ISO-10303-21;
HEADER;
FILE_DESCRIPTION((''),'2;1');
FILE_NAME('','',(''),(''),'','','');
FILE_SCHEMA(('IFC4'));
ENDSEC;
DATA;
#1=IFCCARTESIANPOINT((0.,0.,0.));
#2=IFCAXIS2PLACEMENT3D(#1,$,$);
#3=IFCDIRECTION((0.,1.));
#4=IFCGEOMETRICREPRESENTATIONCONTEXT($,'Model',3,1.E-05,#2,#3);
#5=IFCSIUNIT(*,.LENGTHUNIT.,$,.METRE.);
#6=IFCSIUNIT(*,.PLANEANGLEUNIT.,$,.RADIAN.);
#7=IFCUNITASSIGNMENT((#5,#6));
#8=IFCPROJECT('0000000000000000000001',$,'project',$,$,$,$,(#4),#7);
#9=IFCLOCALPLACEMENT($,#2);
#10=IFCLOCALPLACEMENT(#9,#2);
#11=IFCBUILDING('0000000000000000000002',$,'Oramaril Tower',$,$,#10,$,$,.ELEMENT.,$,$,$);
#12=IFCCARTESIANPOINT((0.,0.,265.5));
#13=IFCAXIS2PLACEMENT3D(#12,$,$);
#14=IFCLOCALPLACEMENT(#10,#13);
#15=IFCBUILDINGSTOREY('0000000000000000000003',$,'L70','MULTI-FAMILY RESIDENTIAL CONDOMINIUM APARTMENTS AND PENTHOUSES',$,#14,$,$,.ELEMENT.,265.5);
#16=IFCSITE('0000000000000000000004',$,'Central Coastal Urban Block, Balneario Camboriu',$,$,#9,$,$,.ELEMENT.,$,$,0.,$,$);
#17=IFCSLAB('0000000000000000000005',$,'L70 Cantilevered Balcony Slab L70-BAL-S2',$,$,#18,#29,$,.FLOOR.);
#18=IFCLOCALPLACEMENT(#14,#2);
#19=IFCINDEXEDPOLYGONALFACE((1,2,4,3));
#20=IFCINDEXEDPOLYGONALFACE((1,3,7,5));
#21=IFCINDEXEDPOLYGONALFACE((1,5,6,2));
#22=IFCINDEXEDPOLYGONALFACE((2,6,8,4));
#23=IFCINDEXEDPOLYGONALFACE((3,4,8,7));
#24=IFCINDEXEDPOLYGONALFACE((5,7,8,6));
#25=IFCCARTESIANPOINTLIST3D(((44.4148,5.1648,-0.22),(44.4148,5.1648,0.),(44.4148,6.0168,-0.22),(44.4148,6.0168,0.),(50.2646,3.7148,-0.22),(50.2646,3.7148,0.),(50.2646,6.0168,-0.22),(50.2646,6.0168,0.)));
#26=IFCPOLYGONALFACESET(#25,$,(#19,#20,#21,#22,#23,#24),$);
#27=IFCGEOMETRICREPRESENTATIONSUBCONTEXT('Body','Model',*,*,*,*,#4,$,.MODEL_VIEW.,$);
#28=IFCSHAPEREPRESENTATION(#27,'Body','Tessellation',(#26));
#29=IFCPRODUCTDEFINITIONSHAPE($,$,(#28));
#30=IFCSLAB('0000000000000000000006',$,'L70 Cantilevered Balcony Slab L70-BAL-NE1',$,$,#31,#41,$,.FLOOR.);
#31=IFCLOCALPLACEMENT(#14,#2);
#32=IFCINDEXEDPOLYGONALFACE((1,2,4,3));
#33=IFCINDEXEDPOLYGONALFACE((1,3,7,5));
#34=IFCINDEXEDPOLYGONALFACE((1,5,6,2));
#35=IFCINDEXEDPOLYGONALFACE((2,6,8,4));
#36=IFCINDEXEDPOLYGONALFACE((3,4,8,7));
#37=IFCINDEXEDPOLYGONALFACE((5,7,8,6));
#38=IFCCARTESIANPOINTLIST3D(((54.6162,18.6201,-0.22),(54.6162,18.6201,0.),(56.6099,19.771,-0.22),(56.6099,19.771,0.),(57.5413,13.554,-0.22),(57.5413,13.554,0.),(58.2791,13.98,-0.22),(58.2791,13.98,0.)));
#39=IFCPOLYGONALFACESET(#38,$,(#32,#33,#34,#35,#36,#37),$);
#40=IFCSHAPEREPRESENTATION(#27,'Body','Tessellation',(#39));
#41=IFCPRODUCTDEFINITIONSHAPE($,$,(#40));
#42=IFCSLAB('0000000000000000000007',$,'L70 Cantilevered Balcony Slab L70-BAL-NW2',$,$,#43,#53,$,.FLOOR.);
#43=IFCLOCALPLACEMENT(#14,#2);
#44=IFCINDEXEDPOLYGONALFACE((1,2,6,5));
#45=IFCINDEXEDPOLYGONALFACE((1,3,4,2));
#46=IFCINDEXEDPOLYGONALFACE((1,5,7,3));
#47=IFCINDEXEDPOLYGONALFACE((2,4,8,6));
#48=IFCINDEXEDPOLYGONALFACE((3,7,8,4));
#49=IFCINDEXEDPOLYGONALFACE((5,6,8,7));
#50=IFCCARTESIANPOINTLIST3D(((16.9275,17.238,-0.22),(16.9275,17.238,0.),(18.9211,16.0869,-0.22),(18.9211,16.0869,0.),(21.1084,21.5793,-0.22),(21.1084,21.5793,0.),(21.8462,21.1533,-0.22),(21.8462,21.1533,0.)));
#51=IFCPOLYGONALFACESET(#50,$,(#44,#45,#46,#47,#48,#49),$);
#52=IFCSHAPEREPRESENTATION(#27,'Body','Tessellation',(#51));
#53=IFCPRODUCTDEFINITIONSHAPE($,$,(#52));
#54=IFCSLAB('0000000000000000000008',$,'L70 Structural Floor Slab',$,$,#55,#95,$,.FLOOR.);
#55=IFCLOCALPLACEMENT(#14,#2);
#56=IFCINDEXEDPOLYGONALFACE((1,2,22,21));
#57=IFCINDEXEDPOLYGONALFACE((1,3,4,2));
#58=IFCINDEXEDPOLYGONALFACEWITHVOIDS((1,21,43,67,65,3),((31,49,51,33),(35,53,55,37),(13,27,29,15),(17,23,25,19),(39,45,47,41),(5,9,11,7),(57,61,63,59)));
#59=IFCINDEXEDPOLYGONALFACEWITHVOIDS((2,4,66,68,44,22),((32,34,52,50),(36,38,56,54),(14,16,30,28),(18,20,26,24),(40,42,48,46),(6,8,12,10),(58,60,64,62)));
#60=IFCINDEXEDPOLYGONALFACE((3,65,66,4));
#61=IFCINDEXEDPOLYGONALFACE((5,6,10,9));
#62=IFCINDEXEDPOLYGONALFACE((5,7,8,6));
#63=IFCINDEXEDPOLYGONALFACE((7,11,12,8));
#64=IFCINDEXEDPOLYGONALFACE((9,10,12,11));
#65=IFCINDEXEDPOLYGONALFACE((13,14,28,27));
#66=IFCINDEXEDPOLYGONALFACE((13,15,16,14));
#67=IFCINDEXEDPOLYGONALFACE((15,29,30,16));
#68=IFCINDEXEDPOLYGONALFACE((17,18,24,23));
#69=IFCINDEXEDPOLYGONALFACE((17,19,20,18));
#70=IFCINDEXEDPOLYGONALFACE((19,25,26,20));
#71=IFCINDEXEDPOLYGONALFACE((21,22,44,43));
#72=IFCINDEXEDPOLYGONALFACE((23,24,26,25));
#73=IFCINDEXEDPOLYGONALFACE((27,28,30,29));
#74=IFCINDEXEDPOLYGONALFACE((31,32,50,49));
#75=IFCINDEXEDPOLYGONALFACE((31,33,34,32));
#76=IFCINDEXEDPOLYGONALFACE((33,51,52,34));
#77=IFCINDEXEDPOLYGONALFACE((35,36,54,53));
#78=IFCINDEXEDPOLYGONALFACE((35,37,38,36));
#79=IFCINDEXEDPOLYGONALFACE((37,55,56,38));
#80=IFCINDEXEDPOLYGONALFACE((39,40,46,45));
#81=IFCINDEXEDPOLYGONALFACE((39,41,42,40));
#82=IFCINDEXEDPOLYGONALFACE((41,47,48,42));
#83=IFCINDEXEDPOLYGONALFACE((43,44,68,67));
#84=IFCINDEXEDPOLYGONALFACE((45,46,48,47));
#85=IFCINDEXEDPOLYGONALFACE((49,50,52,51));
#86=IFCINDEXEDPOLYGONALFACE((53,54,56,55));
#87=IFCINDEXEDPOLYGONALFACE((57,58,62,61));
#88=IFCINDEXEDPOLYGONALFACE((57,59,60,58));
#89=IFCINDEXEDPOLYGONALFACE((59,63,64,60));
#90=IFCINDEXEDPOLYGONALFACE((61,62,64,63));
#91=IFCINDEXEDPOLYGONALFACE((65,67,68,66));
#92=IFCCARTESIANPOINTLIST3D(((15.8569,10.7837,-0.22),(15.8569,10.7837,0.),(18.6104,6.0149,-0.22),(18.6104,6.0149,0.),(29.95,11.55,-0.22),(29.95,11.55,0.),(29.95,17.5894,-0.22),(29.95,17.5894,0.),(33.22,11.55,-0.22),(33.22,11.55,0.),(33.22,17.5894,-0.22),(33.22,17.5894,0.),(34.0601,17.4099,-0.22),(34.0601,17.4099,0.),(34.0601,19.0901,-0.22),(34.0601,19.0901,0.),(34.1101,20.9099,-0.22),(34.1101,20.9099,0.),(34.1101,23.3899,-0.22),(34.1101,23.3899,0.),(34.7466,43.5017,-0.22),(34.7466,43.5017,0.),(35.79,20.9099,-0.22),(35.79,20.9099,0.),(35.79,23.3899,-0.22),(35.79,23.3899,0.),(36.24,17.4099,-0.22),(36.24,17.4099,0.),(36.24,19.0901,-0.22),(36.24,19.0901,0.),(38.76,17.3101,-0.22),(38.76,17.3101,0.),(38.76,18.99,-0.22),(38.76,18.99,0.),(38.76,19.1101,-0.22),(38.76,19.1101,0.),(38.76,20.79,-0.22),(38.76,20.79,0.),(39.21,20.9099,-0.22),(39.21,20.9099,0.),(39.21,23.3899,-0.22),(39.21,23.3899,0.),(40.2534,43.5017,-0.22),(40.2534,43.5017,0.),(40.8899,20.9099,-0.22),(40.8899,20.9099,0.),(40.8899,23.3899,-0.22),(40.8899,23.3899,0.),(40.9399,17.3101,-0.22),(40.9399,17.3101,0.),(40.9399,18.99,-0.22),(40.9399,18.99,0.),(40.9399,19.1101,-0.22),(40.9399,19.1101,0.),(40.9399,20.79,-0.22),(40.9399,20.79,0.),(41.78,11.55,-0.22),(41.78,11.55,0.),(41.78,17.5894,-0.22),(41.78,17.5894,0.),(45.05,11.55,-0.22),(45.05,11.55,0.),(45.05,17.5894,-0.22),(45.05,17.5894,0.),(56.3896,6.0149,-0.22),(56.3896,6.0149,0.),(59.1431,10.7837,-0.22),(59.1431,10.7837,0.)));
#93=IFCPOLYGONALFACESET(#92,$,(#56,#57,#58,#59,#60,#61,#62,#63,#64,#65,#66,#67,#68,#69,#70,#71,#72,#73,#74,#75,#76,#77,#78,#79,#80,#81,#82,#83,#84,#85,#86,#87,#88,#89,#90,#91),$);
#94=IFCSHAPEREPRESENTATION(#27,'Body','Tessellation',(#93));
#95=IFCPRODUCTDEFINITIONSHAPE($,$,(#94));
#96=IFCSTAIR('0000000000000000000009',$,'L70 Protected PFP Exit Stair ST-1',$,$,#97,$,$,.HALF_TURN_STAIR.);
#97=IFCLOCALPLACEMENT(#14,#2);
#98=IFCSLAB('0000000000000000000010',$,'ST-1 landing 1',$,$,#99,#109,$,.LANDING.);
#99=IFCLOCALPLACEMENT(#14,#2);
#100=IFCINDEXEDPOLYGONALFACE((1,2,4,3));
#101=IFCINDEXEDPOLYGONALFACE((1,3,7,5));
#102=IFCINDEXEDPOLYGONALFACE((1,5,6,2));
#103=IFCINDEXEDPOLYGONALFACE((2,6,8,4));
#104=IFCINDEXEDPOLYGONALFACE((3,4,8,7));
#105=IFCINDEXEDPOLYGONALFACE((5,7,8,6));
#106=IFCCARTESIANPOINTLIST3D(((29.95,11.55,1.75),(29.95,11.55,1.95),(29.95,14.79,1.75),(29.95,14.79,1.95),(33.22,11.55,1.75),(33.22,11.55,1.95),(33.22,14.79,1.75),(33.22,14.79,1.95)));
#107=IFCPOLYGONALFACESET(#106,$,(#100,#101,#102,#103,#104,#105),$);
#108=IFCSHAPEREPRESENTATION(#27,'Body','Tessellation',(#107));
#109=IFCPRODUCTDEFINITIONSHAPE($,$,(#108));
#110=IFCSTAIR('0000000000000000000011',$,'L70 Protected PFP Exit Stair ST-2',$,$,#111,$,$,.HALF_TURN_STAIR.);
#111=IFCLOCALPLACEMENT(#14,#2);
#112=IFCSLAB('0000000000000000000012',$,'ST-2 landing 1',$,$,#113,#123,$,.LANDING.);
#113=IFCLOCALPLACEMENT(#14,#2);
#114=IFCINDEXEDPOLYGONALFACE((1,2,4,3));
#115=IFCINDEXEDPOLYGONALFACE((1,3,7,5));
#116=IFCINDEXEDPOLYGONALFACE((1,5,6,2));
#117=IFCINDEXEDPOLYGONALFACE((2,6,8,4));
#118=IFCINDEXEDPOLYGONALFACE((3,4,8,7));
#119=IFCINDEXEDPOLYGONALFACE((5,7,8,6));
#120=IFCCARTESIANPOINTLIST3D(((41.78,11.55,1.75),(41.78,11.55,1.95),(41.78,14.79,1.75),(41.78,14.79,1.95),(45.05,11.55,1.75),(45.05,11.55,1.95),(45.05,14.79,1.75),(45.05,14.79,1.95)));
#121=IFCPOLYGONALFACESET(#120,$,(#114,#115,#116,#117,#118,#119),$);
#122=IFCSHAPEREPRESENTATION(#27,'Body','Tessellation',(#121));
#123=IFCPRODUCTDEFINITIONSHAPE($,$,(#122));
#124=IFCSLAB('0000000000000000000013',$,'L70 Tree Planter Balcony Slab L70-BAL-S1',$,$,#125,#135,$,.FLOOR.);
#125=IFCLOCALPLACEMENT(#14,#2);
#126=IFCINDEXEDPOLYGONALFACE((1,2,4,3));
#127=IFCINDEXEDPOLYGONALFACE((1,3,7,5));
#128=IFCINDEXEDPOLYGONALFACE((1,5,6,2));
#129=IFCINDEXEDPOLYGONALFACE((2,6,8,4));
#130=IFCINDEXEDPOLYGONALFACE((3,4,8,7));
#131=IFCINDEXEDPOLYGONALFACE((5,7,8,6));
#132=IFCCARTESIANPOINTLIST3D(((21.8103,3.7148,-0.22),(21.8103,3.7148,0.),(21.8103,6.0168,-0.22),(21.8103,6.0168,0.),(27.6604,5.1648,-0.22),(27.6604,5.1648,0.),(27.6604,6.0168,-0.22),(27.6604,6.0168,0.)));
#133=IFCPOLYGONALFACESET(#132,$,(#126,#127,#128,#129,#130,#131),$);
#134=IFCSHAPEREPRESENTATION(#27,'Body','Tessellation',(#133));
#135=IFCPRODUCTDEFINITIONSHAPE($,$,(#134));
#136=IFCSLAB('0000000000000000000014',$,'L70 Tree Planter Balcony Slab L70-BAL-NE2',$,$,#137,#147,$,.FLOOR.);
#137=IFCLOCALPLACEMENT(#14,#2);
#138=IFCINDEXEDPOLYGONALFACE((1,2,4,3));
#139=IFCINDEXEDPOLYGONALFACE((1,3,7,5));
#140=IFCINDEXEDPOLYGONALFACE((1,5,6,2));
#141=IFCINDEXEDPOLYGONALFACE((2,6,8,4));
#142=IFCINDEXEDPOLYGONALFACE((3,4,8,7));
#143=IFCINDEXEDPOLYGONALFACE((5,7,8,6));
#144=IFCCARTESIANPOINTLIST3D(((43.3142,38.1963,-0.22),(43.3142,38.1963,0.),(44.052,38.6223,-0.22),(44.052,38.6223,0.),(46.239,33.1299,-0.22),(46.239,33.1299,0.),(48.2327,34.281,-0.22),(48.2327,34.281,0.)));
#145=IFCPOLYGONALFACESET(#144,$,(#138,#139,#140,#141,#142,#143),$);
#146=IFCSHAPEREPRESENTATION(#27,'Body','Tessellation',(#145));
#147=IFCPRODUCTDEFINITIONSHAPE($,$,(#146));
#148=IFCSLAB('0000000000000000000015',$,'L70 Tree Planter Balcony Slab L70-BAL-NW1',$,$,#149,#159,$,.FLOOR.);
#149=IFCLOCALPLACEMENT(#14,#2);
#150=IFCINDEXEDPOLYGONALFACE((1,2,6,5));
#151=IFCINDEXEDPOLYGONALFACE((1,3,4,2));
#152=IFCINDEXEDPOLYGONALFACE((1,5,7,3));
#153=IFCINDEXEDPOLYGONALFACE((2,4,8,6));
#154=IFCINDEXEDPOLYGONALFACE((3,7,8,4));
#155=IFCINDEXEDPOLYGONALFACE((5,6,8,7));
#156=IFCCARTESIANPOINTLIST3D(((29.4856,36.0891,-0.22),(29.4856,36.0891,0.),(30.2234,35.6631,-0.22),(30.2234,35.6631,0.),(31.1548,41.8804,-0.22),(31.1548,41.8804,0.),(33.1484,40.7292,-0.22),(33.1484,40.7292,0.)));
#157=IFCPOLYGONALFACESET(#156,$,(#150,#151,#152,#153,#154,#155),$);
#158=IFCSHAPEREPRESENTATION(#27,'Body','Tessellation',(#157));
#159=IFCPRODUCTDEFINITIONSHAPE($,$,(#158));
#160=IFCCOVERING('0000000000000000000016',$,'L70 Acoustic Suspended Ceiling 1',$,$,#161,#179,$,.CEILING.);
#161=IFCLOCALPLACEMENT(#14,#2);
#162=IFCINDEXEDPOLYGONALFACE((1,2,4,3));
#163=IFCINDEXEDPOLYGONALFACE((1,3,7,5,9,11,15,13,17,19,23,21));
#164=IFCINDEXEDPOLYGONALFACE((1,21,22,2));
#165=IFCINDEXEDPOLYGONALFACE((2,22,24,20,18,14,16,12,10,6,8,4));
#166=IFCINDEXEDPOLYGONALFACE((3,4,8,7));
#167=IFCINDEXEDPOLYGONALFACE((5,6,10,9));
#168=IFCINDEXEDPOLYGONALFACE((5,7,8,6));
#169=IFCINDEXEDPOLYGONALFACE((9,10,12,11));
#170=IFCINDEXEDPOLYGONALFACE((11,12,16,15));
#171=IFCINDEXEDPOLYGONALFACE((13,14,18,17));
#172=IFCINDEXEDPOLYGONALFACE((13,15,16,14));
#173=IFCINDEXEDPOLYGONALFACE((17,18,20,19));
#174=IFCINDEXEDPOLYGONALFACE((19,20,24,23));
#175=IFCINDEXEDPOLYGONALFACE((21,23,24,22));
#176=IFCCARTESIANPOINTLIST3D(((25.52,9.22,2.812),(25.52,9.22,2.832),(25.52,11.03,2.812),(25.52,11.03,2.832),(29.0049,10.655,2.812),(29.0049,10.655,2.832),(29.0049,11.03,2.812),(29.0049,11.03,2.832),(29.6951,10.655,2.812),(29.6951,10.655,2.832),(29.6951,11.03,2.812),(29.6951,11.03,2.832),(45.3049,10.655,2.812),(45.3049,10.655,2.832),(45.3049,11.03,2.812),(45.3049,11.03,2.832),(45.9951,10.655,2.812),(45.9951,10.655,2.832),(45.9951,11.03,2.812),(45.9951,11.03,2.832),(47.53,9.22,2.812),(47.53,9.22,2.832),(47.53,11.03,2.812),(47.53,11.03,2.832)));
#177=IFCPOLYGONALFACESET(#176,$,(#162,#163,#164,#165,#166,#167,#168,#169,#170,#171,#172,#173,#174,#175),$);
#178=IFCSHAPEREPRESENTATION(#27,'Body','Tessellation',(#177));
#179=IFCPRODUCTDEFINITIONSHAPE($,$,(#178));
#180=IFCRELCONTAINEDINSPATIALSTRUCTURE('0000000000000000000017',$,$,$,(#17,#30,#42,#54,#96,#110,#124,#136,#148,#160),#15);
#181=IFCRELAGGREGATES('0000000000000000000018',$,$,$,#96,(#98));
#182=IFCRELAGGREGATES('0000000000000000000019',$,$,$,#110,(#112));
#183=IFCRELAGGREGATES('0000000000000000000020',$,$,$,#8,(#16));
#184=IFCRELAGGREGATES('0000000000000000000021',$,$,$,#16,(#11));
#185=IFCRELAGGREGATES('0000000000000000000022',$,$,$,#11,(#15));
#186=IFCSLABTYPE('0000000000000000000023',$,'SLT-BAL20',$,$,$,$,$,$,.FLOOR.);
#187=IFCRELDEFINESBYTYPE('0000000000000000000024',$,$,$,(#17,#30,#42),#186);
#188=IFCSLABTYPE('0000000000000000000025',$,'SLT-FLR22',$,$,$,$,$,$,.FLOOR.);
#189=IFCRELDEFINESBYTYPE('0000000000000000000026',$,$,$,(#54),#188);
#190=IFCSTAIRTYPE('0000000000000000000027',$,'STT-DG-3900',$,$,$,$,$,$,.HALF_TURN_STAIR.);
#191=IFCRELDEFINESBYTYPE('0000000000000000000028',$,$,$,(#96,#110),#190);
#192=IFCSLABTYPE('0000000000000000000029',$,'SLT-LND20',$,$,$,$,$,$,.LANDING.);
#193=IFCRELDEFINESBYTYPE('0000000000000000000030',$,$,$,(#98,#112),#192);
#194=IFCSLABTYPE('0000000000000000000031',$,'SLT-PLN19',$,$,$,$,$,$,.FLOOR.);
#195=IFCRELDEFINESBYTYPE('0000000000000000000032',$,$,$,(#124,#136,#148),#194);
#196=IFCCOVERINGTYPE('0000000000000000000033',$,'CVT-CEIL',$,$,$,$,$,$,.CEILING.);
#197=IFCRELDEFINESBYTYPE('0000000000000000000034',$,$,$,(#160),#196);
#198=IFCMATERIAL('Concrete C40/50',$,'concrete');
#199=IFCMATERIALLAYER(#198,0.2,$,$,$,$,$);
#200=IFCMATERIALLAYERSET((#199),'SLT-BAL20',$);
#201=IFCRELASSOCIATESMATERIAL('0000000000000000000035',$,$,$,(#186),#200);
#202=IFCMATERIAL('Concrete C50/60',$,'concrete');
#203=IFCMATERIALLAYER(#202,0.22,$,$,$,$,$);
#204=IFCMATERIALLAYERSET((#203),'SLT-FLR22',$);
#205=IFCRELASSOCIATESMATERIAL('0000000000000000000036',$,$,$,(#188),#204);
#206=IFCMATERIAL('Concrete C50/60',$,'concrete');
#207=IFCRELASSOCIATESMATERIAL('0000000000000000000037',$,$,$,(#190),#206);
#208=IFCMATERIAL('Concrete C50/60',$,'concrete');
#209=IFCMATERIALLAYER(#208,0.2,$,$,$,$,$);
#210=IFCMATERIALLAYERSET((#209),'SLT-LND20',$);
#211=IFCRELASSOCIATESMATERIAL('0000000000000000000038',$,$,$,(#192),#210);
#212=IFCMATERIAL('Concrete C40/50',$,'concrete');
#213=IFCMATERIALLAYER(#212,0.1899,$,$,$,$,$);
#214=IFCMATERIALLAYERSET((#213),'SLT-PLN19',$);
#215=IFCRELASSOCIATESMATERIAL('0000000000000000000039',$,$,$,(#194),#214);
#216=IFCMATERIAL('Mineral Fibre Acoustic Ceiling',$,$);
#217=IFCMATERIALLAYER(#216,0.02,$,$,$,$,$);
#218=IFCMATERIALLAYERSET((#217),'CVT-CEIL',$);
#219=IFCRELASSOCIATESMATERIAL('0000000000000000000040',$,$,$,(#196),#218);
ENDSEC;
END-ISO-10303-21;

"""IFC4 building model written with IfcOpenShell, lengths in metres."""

from ifc_helpers import new_model, si_unit, direction, frame, origin, place, context, subcontext, project, spatial, polyline, outline, extrude, material, layer, layer_set, type_object, element, aggregate, save


model = new_model("IFC4")

# Units and contexts
model_context = context("Model", 3, precision=1e-05, world=origin(), true_north=direction((0.0, 1.0)))
body_context = subcontext(model_context, "Body", "Model", "MODEL_VIEW")
ifc_project = project(units=[si_unit("LENGTHUNIT", "METRE"), si_unit("PLANEANGLEUNIT", "RADIAN")], contexts=[model_context])

# Site, building, storey
site_placement = place(None, origin())
site = spatial("IfcSite", under=ifc_project, at=site_placement, Name="Central Coastal Urban Block, Balneario Camboriu", CompositionType="ELEMENT", RefElevation=0.0)
building_placement = place(site_placement, origin())
building = spatial("IfcBuilding", under=site, at=building_placement, Name="Oramaril Tower", CompositionType="ELEMENT")
storey_placement = place(building_placement, frame((0.0, 0.0, 265.5)))
storey = spatial("IfcBuildingStorey", under=building, at=storey_placement, Name="L70", Description="MULTI-FAMILY RESIDENTIAL CONDOMINIUM APARTMENTS AND PENTHOUSES", CompositionType="ELEMENT", Elevation=265.5)

# Slabs
ifc_material_1 = material(Name="Concrete C40/50", Category="concrete")
ifc_layer_1 = layer(ifc_material_1, 0.2)
ifc_layer_set_1 = layer_set([ifc_layer_1], Name="SLT-BAL20")
slab_type_1 = type_object("IfcSlabType", Name="SLT-BAL20", PredefinedType="FLOOR", material=ifc_layer_set_1)
slab_1_placement = place(storey_placement, frame((0.0, 0.0, -0.22)))
element("IfcSlab", 1, at=slab_1_placement, inside=storey, type_object=slab_type_1, Name="L70 Cantilevered Balcony Slab L70-BAL-S2", PredefinedType="FLOOR", context=body_context, shape_type="SweptSolid", body=[
    extrude(outline(polyline([(44.4148, 6.0168), (50.2646, 6.0168), (50.2646, 3.7148), (44.4148, 5.1648), (44.4148, 6.0168)])), origin(), (0.0, 0.0, 1.0), 0.22),
])
slab_2_placement = place(storey_placement, frame((0.0, 0.0, -0.22)))
element("IfcSlab", 2, at=slab_2_placement, inside=storey, type_object=slab_type_1, Name="L70 Cantilevered Balcony Slab L70-BAL-NE1", PredefinedType="FLOOR", context=body_context, shape_type="SweptSolid", body=[
    extrude(outline(polyline([(57.5413, 13.554), (54.6162, 18.6201), (56.6099, 19.771), (58.2791, 13.98), (57.5413, 13.554)])), origin(), (0.0, 0.0, 1.0), 0.22),
])
slab_3_placement = place(storey_placement, frame((0.0, 0.0, -0.22)))
element("IfcSlab", 3, at=slab_3_placement, inside=storey, type_object=slab_type_1, Name="L70 Cantilevered Balcony Slab L70-BAL-NW2", PredefinedType="FLOOR", context=body_context, shape_type="SweptSolid", body=[
    extrude(outline(polyline([(21.8462, 21.1533), (18.9211, 16.0869), (16.9275, 17.238), (21.1084, 21.5793), (21.8462, 21.1533)])), origin(), (0.0, 0.0, 1.0), 0.22),
])
ifc_material_2 = material(Name="Concrete C50/60", Category="concrete")
ifc_layer_2 = layer(ifc_material_2, 0.22)
ifc_layer_set_2 = layer_set([ifc_layer_2], Name="SLT-FLR22")
slab_type_2 = type_object("IfcSlabType", Name="SLT-FLR22", PredefinedType="FLOOR", material=ifc_layer_set_2)
slab_4_placement = place(storey_placement, frame((0.0, 0.0, -0.22)))
element("IfcSlab", 4, at=slab_4_placement, inside=storey, type_object=slab_type_2, Name="L70 Structural Floor Slab", PredefinedType="FLOOR", context=body_context, shape_type="SweptSolid", body=[
    extrude(outline(polyline([(15.8569, 10.7837), (18.6104, 6.0149), (56.3896, 6.0149), (59.1431, 10.7837), (40.2534, 43.5017), (34.7466, 43.5017), (15.8569, 10.7837)]), holes=[polyline([(29.95, 17.5894), (29.95, 11.55), (33.22, 11.55), (33.22, 17.5894), (29.95, 17.5894)]), polyline([(41.78, 17.5894), (41.78, 11.55), (45.05, 11.55), (45.05, 17.5894), (41.78, 17.5894)]), polyline([(34.1101, 20.9099), (35.79, 20.9099), (35.79, 23.3899), (34.1101, 23.3899), (34.1101, 20.9099)]), polyline([(39.21, 20.9099), (40.8899, 20.9099), (40.8899, 23.3899), (39.21, 23.3899), (39.21, 20.9099)]), polyline([(34.0601, 17.4099), (36.24, 17.4099), (36.24, 19.0901), (34.0601, 19.0901), (34.0601, 17.4099)]), polyline([(38.76, 17.3101), (40.9399, 17.3101), (40.9399, 18.99), (38.76, 18.99), (38.76, 17.3101)]), polyline([(38.76, 19.1101), (40.9399, 19.1101), (40.9399, 20.79), (38.76, 20.79), (38.76, 19.1101)])]), origin(), (0.0, 0.0, 1.0), 0.22),
])

# Stairs, slabs
ifc_material_3 = material(Name="Concrete C50/60", Category="concrete")
stair_type = type_object("IfcStairType", Name="STT-DG-3900", PredefinedType="HALF_TURN_STAIR", material=ifc_material_3)
stair_1_placement = place(storey_placement, origin())
stair_1 = element("IfcStair", 5, at=stair_1_placement, inside=storey, type_object=stair_type, Name="L70 Protected PFP Exit Stair ST-1", PredefinedType="HALF_TURN_STAIR")
ifc_material_4 = material(Name="Concrete C50/60", Category="concrete")
ifc_layer_3 = layer(ifc_material_4, 0.2)
ifc_layer_set_3 = layer_set([ifc_layer_3], Name="SLT-LND20")
slab_type_3 = type_object("IfcSlabType", Name="SLT-LND20", PredefinedType="LANDING", material=ifc_layer_set_3)
slab_5_placement = place(storey_placement, frame((0.0, 0.0, 1.75)))
slab_5 = element("IfcSlab", 6, at=slab_5_placement, type_object=slab_type_3, Name="ST-1 landing 1", PredefinedType="LANDING", context=body_context, shape_type="SweptSolid", body=[
    extrude(outline(polyline([(29.95, 14.79), (29.95, 11.55), (33.22, 11.55), (33.22, 14.79), (29.95, 14.79)])), origin(), (0.0, 0.0, 1.0), 0.2),
])
aggregate(stair_1, [slab_5])
stair_2_placement = place(storey_placement, origin())
stair_2 = element("IfcStair", 7, at=stair_2_placement, inside=storey, type_object=stair_type, Name="L70 Protected PFP Exit Stair ST-2", PredefinedType="HALF_TURN_STAIR")
slab_6_placement = place(storey_placement, frame((0.0, 0.0, 1.75)))
slab_6 = element("IfcSlab", 8, at=slab_6_placement, type_object=slab_type_3, Name="ST-2 landing 1", PredefinedType="LANDING", context=body_context, shape_type="SweptSolid", body=[
    extrude(outline(polyline([(41.78, 14.79), (41.78, 11.55), (45.05, 11.55), (45.05, 14.79), (41.78, 14.79)])), origin(), (0.0, 0.0, 1.0), 0.2),
])
aggregate(stair_2, [slab_6])

# Slabs
ifc_material_5 = material(Name="Concrete C40/50", Category="concrete")
ifc_layer_4 = layer(ifc_material_5, 0.1899)
ifc_layer_set_4 = layer_set([ifc_layer_4], Name="SLT-PLN19")
slab_type_4 = type_object("IfcSlabType", Name="SLT-PLN19", PredefinedType="FLOOR", material=ifc_layer_set_4)
slab_7_placement = place(storey_placement, frame((0.0, 0.0, -0.22)))
element("IfcSlab", 9, at=slab_7_placement, inside=storey, type_object=slab_type_4, Name="L70 Tree Planter Balcony Slab L70-BAL-S1", PredefinedType="FLOOR", context=body_context, shape_type="SweptSolid", body=[
    extrude(outline(polyline([(21.8103, 6.0168), (27.6604, 6.0168), (27.6604, 5.1648), (21.8103, 3.7148), (21.8103, 6.0168)])), origin(), (0.0, 0.0, 1.0), 0.22),
])
slab_8_placement = place(storey_placement, frame((0.0, 0.0, -0.22)))
element("IfcSlab", 10, at=slab_8_placement, inside=storey, type_object=slab_type_4, Name="L70 Tree Planter Balcony Slab L70-BAL-NE2", PredefinedType="FLOOR", context=body_context, shape_type="SweptSolid", body=[
    extrude(outline(polyline([(46.239, 33.1299), (43.3142, 38.1963), (44.052, 38.6223), (48.2327, 34.281), (46.239, 33.1299)])), origin(), (0.0, 0.0, 1.0), 0.22),
])
slab_9_placement = place(storey_placement, frame((0.0, 0.0, -0.22)))
element("IfcSlab", 11, at=slab_9_placement, inside=storey, type_object=slab_type_4, Name="L70 Tree Planter Balcony Slab L70-BAL-NW1", PredefinedType="FLOOR", context=body_context, shape_type="SweptSolid", body=[
    extrude(outline(polyline([(33.1484, 40.7292), (30.2234, 35.6631), (29.4856, 36.0891), (31.1548, 41.8804), (33.1484, 40.7292)])), origin(), (0.0, 0.0, 1.0), 0.22),
])

# Covering
ifc_material_6 = material(Name="Mineral Fibre Acoustic Ceiling")
ifc_layer_5 = layer(ifc_material_6, 0.02)
ifc_layer_set_5 = layer_set([ifc_layer_5], Name="CVT-CEIL")
covering_type_1 = type_object("IfcCoveringType", Name="CVT-CEIL", PredefinedType="CEILING", material=ifc_layer_set_5)
covering_1_placement = place(storey_placement, frame((0.0, 0.0, 2.812)))
element("IfcCovering", 12, at=covering_1_placement, inside=storey, type_object=covering_type_1, Name="L70 Acoustic Suspended Ceiling 1", PredefinedType="CEILING", context=body_context, shape_type="SweptSolid", body=[
    extrude(outline(polyline([(29.0049, 10.655), (29.6951, 10.655), (29.6951, 11.03), (45.3049, 11.03), (45.3049, 10.655), (45.9951, 10.655), (45.9951, 11.03), (47.53, 11.03), (47.53, 9.22), (25.52, 9.22), (25.52, 11.03), (29.0049, 11.03), (29.0049, 10.655)])), origin(), (0.0, 0.0, 1.0), 0.02),
])

save(model, "model.ifc")
